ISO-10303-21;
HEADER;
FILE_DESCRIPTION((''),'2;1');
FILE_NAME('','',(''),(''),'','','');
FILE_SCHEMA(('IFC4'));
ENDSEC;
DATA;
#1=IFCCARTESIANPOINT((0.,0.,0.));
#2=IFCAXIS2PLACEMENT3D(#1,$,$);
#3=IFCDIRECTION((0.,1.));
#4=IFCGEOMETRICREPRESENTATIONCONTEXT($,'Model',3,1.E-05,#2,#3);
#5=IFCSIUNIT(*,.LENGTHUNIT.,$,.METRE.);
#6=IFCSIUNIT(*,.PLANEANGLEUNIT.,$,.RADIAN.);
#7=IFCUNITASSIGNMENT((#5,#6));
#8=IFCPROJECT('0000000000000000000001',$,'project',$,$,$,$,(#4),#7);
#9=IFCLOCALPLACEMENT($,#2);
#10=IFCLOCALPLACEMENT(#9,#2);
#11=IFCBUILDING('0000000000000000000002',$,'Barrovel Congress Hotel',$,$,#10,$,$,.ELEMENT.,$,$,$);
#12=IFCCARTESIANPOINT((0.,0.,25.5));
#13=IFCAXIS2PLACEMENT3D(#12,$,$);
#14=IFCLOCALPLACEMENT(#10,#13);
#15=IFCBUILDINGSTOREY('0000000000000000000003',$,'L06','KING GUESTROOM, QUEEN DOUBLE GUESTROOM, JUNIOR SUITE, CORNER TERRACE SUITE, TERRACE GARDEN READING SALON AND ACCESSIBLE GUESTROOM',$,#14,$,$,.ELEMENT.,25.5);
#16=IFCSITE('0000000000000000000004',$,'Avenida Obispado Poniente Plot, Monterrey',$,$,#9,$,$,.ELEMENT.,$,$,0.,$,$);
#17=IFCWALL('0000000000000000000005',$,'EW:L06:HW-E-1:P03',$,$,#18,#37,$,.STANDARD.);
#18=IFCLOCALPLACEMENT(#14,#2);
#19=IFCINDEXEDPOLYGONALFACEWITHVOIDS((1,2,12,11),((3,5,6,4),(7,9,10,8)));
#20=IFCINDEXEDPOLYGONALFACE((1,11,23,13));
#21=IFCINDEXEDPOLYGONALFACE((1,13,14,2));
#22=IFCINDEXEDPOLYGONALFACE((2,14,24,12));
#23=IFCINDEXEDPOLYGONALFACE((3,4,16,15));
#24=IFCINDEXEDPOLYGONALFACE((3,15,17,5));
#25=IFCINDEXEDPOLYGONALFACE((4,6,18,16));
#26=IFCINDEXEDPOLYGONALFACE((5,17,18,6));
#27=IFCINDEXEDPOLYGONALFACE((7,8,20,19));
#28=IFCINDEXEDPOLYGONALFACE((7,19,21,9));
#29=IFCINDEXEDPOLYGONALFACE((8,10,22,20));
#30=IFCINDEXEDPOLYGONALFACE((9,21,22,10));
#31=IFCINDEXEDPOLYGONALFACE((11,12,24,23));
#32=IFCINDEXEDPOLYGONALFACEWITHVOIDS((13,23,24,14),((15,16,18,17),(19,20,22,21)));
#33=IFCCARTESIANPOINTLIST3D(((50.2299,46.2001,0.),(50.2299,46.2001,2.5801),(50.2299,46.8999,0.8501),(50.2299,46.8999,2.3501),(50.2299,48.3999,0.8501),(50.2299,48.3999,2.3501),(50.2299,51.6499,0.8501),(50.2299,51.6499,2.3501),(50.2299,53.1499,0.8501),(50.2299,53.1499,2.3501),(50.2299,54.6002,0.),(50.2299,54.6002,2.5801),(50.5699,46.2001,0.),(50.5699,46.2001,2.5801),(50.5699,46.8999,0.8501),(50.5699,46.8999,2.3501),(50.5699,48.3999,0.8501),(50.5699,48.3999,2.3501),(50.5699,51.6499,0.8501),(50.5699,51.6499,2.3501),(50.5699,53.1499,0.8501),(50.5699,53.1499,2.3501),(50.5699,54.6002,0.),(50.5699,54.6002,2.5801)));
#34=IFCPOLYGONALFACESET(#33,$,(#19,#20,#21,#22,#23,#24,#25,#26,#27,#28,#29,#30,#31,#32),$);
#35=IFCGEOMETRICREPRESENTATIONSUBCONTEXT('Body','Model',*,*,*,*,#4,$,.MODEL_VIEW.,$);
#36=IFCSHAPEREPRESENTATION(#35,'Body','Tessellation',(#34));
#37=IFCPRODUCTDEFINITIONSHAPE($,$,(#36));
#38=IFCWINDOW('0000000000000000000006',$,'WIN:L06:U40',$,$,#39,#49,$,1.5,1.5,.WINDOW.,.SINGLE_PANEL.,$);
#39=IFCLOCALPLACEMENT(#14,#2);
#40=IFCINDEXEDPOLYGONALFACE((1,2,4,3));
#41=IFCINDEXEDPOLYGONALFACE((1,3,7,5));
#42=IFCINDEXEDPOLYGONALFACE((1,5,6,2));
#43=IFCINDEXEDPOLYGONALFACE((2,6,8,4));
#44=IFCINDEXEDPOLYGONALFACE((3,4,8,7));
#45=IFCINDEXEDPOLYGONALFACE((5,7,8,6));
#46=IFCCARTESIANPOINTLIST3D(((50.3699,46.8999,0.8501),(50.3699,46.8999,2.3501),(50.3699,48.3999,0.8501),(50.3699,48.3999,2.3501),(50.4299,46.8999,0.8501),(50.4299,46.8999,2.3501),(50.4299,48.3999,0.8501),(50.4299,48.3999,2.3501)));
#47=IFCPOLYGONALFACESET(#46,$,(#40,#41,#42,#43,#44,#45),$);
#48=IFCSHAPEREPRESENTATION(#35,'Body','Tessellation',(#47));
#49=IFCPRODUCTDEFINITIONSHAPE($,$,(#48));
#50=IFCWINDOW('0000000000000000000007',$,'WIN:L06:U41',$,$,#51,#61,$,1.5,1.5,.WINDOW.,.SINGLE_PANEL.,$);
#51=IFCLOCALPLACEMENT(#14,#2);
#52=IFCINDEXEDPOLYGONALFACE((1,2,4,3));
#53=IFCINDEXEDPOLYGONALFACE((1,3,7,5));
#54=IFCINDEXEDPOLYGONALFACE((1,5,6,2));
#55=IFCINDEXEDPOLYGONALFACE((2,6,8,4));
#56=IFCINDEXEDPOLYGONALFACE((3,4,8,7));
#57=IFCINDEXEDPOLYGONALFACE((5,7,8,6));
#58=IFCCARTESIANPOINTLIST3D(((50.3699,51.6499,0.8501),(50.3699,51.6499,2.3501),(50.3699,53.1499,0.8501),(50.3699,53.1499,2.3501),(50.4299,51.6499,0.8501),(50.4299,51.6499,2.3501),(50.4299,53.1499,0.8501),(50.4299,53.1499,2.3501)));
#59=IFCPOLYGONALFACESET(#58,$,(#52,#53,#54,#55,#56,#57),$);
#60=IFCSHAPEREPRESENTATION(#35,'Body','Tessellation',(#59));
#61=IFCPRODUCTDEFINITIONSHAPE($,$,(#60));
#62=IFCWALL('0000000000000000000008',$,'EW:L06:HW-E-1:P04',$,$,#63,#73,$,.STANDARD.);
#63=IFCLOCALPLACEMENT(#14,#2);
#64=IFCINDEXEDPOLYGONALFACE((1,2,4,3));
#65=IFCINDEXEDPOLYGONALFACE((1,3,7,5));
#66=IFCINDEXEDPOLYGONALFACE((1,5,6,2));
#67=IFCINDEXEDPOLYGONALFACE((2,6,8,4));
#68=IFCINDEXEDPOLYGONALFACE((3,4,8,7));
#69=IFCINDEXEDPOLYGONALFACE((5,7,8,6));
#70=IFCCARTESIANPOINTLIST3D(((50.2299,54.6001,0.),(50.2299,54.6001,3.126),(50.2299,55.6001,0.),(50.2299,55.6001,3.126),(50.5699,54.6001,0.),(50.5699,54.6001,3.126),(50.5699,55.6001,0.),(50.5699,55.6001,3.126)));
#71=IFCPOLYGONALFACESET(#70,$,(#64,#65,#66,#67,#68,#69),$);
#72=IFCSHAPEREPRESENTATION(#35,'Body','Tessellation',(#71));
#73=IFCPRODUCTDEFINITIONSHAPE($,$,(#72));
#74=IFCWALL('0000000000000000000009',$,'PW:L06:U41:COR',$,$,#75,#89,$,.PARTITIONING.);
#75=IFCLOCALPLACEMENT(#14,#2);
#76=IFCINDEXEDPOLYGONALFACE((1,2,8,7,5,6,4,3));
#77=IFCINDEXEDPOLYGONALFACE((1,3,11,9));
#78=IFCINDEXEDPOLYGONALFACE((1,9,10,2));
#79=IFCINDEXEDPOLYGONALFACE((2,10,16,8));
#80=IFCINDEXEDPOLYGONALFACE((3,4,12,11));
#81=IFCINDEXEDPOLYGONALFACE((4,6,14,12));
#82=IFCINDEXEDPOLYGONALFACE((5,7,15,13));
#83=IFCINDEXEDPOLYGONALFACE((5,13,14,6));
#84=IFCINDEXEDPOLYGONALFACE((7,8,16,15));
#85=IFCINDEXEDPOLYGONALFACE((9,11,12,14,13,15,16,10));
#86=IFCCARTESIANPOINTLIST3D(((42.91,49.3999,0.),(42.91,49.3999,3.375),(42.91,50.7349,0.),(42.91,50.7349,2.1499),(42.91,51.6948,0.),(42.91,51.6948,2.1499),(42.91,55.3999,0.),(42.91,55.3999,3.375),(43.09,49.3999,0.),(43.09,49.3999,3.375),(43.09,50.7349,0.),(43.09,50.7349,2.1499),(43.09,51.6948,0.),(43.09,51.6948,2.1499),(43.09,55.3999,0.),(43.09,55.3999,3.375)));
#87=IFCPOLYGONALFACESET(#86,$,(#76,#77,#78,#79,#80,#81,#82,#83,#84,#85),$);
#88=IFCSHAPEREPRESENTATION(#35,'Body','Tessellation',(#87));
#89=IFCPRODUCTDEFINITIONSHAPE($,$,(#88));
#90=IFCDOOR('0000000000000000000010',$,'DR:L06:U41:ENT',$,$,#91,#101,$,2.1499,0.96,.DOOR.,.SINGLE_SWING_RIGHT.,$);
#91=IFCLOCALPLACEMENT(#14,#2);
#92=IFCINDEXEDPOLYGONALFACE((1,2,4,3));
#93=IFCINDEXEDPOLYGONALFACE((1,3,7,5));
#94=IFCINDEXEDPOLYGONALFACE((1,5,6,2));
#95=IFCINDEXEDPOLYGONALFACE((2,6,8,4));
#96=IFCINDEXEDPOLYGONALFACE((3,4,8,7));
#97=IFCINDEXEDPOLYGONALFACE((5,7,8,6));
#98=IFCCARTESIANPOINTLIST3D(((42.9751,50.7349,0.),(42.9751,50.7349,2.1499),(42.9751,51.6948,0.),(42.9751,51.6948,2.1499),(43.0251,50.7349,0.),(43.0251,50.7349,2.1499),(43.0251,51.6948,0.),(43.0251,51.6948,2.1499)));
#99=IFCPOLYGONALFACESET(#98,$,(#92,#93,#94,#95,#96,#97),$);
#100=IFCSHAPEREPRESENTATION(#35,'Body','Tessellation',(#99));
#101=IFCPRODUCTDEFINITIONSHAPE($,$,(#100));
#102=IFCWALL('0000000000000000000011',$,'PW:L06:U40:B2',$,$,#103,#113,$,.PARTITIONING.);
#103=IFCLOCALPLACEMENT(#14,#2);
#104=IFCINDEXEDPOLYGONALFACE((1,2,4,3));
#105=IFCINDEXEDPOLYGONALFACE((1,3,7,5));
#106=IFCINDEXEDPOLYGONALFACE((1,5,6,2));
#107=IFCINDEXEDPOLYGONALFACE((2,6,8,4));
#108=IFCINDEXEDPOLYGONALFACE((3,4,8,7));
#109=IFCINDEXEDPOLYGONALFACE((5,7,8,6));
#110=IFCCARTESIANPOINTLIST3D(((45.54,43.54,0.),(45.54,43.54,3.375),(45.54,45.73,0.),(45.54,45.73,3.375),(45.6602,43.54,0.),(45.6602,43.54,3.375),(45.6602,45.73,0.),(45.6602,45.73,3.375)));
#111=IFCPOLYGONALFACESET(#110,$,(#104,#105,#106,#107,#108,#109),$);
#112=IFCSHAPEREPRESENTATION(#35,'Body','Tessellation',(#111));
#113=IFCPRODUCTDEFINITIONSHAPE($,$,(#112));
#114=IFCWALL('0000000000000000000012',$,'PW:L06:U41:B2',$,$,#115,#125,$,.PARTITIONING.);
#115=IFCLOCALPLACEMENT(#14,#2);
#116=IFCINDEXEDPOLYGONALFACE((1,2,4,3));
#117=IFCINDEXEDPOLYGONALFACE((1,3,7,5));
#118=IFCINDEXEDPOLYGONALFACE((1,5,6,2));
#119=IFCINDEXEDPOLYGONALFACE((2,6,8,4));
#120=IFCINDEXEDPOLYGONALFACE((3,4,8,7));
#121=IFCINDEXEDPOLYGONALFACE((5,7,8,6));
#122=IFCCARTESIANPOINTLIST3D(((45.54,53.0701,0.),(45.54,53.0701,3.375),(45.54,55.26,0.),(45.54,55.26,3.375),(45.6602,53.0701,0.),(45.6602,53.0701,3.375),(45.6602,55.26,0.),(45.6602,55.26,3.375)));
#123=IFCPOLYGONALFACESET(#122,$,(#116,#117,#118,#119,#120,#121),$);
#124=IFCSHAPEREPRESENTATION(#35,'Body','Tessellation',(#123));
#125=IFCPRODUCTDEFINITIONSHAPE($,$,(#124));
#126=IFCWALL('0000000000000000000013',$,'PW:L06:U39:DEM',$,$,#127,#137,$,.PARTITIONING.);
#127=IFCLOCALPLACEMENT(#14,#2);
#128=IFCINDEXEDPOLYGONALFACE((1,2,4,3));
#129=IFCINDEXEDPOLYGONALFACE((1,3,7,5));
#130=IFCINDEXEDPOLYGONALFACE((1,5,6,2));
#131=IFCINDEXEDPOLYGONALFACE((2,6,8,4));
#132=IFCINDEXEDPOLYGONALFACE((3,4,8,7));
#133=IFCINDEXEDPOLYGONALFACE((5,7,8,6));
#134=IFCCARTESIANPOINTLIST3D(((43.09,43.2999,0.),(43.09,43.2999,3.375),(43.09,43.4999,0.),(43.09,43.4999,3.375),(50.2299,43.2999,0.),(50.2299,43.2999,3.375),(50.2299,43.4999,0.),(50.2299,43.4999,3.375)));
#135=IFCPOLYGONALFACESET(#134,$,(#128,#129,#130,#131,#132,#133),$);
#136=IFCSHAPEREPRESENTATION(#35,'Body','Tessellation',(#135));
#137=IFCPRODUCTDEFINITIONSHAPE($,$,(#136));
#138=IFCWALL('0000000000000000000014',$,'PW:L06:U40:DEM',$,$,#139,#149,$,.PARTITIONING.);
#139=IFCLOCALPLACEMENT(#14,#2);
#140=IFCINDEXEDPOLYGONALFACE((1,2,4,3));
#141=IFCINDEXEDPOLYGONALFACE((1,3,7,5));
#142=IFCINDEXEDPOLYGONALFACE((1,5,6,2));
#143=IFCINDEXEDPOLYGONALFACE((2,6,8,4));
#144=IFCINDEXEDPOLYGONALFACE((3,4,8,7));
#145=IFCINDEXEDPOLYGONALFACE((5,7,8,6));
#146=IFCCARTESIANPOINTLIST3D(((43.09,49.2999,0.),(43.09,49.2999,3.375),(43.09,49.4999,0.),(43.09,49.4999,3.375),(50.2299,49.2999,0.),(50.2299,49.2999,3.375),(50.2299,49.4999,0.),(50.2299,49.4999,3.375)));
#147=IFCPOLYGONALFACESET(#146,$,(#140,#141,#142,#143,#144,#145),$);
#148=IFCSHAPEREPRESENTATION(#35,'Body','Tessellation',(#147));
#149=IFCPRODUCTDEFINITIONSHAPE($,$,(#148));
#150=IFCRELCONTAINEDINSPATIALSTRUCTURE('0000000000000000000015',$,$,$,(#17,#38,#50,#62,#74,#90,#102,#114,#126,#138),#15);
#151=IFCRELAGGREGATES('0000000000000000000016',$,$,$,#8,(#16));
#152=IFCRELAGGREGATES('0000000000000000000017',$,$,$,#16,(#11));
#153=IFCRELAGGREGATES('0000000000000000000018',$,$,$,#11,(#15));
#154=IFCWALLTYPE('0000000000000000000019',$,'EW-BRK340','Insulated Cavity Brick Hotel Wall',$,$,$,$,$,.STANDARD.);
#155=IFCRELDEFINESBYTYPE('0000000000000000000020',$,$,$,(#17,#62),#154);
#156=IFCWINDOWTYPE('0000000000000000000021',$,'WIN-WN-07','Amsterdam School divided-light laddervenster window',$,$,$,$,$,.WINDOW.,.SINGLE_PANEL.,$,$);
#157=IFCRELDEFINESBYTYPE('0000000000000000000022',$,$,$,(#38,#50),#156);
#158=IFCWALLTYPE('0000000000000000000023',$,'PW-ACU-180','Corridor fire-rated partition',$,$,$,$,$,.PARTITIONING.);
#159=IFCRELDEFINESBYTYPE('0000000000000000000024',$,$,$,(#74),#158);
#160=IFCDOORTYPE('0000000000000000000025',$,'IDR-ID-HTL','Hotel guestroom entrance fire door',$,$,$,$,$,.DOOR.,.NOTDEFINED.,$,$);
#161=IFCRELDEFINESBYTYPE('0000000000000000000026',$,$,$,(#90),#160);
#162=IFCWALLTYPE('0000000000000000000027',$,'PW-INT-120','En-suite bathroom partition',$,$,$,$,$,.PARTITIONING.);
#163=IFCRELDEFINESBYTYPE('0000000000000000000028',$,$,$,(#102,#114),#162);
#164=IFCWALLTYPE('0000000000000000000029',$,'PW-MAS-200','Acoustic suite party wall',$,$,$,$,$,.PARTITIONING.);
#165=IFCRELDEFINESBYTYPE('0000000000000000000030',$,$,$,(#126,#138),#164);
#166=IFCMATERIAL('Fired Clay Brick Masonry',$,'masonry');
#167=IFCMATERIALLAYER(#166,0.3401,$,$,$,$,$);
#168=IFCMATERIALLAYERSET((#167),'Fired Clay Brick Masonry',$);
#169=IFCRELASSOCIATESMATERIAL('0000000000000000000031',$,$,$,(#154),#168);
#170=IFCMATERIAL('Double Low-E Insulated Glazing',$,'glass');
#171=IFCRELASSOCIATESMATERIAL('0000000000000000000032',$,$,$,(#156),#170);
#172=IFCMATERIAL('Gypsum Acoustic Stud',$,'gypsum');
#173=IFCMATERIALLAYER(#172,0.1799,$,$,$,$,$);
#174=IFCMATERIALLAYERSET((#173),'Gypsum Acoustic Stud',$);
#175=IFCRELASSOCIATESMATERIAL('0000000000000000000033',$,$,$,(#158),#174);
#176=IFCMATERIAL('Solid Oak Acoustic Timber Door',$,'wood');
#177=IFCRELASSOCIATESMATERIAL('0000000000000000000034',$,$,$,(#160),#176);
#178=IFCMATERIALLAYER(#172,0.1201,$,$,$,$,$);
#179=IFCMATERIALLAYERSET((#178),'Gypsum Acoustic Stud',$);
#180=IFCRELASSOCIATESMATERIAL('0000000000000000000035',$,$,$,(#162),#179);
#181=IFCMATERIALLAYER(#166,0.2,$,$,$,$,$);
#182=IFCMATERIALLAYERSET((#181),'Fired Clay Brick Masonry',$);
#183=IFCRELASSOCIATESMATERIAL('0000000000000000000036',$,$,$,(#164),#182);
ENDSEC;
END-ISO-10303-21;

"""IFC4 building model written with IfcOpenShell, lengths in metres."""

from ifc_helpers import new_model, si_unit, direction, frame, frame_2d, origin, place, context, subcontext, project, spatial, rectangle, extrude, material, layer, layer_set, type_object, element, fill, save


model = new_model("IFC4")

# Units and contexts
model_context = context("Model", 3, precision=1e-05, world=origin(), true_north=direction((0.0, 1.0)))
body_context = subcontext(model_context, "Body", "Model", "MODEL_VIEW")
ifc_project = project(units=[si_unit("LENGTHUNIT", "METRE"), si_unit("PLANEANGLEUNIT", "RADIAN")], contexts=[model_context])

# Site, building, storey
site_placement = place(None, origin())
site = spatial("IfcSite", under=ifc_project, at=site_placement, Name="Avenida Obispado Poniente Plot, Monterrey", CompositionType="ELEMENT", RefElevation=0.0)
building_placement = place(site_placement, origin())
building = spatial("IfcBuilding", under=site, at=building_placement, Name="Barrovel Congress Hotel", CompositionType="ELEMENT")
storey_placement = place(building_placement, frame((0.0, 0.0, 25.5)))
storey = spatial("IfcBuildingStorey", under=building, at=storey_placement, Name="L06", Description="KING GUESTROOM, QUEEN DOUBLE GUESTROOM, JUNIOR SUITE, CORNER TERRACE SUITE, TERRACE GARDEN READING SALON AND ACCESSIBLE GUESTROOM", CompositionType="ELEMENT", Elevation=25.5)

# Wall, openings, windows
ifc_material_1 = material(Name="Fired Clay Brick Masonry", Category="masonry")
ifc_layer_1 = layer(ifc_material_1, 0.3401)
ifc_layer_set_1 = layer_set([ifc_layer_1], Name="Fired Clay Brick Masonry")
wall_type_1 = type_object("IfcWallType", Name="EW-BRK340", Description="Insulated Cavity Brick Hotel Wall", PredefinedType="STANDARD", material=ifc_layer_set_1)
wall_1_placement = place(storey_placement, frame((50.3999, 46.2, 0.0), z_axis=(0.0, 0.0, 1.0), x_axis=(0.0, 1.0, 0.0)))
wall_1 = element("IfcWall", 1, at=wall_1_placement, inside=storey, type_object=wall_type_1, Name="EW:L06:HW-E-1:P03", PredefinedType="STANDARD", context=body_context, shape_type="SweptSolid", body=[
    extrude(rectangle(XDim=8.4001, YDim=0.3401, at=frame_2d((4.2002, 0.0))), origin(), (0.0, 0.0, 1.0), 2.5801),
])
opening_1_placement = place(wall_1_placement, frame((0.7, 0.0, 0.8501)))
opening_1 = element("IfcOpeningElement", 2, at=opening_1_placement, cuts=wall_1, PredefinedType="OPENING", context=body_context, shape_type="SweptSolid", body=[
    extrude(rectangle(XDim=1.5, YDim=1.5, at=frame_2d((0.75, 0.75))), frame((0.0, 0.1802, 0.0), z_axis=(0.0, -1.0, 0.0), x_axis=(1.0, 0.0, 0.0)), (0.0, 0.0, 1.0), 0.3601),
])
opening_2_placement = place(wall_1_placement, frame((5.45, 0.0, 0.8501)))
opening_2 = element("IfcOpeningElement", 3, at=opening_2_placement, cuts=wall_1, PredefinedType="OPENING", context=body_context, shape_type="SweptSolid", body=[
    extrude(rectangle(XDim=1.5, YDim=1.5, at=frame_2d((0.75, 0.75))), frame((0.0, 0.1802, 0.0), z_axis=(0.0, -1.0, 0.0), x_axis=(1.0, 0.0, 0.0)), (0.0, 0.0, 1.0), 0.3601),
])
ifc_material_2 = material(Name="Double Low-E Insulated Glazing", Category="glass")
window_type = type_object("IfcWindowType", Name="WIN-WN-07", Description="Amsterdam School divided-light laddervenster window", PartitioningType="SINGLE_PANEL", PredefinedType="WINDOW", material=ifc_material_2)
window_1_placement = place(opening_1_placement, origin())
window_1 = element("IfcWindow", 4, at=window_1_placement, inside=storey, type_object=window_type, Name="WIN:L06:U40", OverallHeight=1.5, OverallWidth=1.5, PartitioningType="SINGLE_PANEL", PredefinedType="WINDOW", context=body_context, shape_type="SweptSolid", body=[
    extrude(rectangle(XDim=1.5, YDim=1.5, at=frame_2d((0.75, 0.75))), frame((0.0, 0.03, 0.0), z_axis=(0.0, -1.0, 0.0), x_axis=(1.0, 0.0, 0.0)), (0.0, 0.0, 1.0), 0.0601),
])
fill(opening_1, window_1)
window_2_placement = place(opening_2_placement, origin())
window_2 = element("IfcWindow", 5, at=window_2_placement, inside=storey, type_object=window_type, Name="WIN:L06:U41", OverallHeight=1.5, OverallWidth=1.5, PartitioningType="SINGLE_PANEL", PredefinedType="WINDOW", context=body_context, shape_type="SweptSolid", body=[
    extrude(rectangle(XDim=1.5, YDim=1.5, at=frame_2d((0.75, 0.75))), frame((0.0, 0.03, 0.0), z_axis=(0.0, -1.0, 0.0), x_axis=(1.0, 0.0, 0.0)), (0.0, 0.0, 1.0), 0.0601),
])
fill(opening_2, window_2)

# Wall
wall_2_placement = place(storey_placement, frame((50.3999, 54.6001, 0.0), z_axis=(0.0, 0.0, 1.0), x_axis=(0.0, 1.0, 0.0)))
element("IfcWall", 6, at=wall_2_placement, inside=storey, type_object=wall_type_1, Name="EW:L06:HW-E-1:P04", PredefinedType="STANDARD", context=body_context, shape_type="SweptSolid", body=[
    extrude(rectangle(XDim=1.0, YDim=0.3401, at=frame_2d((0.5, 0.0))), origin(), (0.0, 0.0, 1.0), 3.126),
])

# Wall, opening, door
ifc_material_3 = material(Name="Gypsum Acoustic Stud", Category="gypsum")
ifc_layer_2 = layer(ifc_material_3, 0.1799)
ifc_layer_set_2 = layer_set([ifc_layer_2], Name="Gypsum Acoustic Stud")
wall_type_2 = type_object("IfcWallType", Name="PW-ACU-180", Description="Corridor fire-rated partition", PredefinedType="PARTITIONING", material=ifc_layer_set_2)
wall_3_placement = place(storey_placement, frame((43.0, 49.3999, 0.0), z_axis=(0.0, 0.0, 1.0), x_axis=(0.0, 1.0, 0.0)))
wall_3 = element("IfcWall", 7, at=wall_3_placement, inside=storey, type_object=wall_type_2, Name="PW:L06:U41:COR", PredefinedType="PARTITIONING", context=body_context, shape_type="SweptSolid", body=[
    extrude(rectangle(XDim=6.0, YDim=0.1799, at=frame_2d((3.0, 0.0))), origin(), (0.0, 0.0, 1.0), 3.375),
])
opening_3_placement = place(wall_3_placement, frame((1.335, 0.0, 0.0)))
opening_3 = element("IfcOpeningElement", 8, at=opening_3_placement, cuts=wall_3, PredefinedType="OPENING", context=body_context, shape_type="SweptSolid", body=[
    extrude(rectangle(XDim=0.96, YDim=2.1499, at=frame_2d((0.48, 1.075))), frame((0.0, 0.1001, 0.0), z_axis=(0.0, -1.0, 0.0), x_axis=(1.0, 0.0, 0.0)), (0.0, 0.0, 1.0), 0.2),
])
ifc_material_4 = material(Name="Solid Oak Acoustic Timber Door", Category="wood")
door_type_1 = type_object("IfcDoorType", Name="IDR-ID-HTL", Description="Hotel guestroom entrance fire door", OperationType="NOTDEFINED", PredefinedType="DOOR", material=ifc_material_4)
door_1_placement = place(opening_3_placement, origin())
door_1 = element("IfcDoor", 9, at=door_1_placement, inside=storey, type_object=door_type_1, Name="DR:L06:U41:ENT", OperationType="SINGLE_SWING_RIGHT", OverallHeight=2.1499, OverallWidth=0.96, PredefinedType="DOOR", context=body_context, shape_type="SweptSolid", body=[
    extrude(rectangle(XDim=0.96, YDim=2.1499, at=frame_2d((0.48, 1.075))), frame((0.0, 0.0249, 0.0), z_axis=(0.0, -1.0, 0.0), x_axis=(1.0, 0.0, 0.0)), (0.0, 0.0, 1.0), 0.05),
])
fill(opening_3, door_1)

# Walls
ifc_layer_3 = layer(ifc_material_3, 0.1201)
ifc_layer_set_3 = layer_set([ifc_layer_3], Name="Gypsum Acoustic Stud")
wall_type_3 = type_object("IfcWallType", Name="PW-INT-120", Description="En-suite bathroom partition", PredefinedType="PARTITIONING", material=ifc_layer_set_3)
for number, where, z_axis, x_axis, name in (
    (10, (45.6001, 43.54, 0.0), (0.0, 0.0, 1.0), (0.0, 1.0, 0.0), "PW:L06:U40:B2"),
    (11, (45.6001, 53.0701, 0.0), (0.0, 0.0, 1.0), (0.0, 1.0, 0.0), "PW:L06:U41:B2"),
):
    element("IfcWall", number, at=place(storey_placement, frame(where, z_axis=z_axis, x_axis=x_axis)), inside=storey, type_object=wall_type_3, Name=name, PredefinedType="PARTITIONING", context=body_context, shape_type="SweptSolid", body=[
        extrude(rectangle(XDim=2.1899, YDim=0.1201, at=frame_2d((1.095, 0.0))), origin(), (0.0, 0.0, 1.0), 3.375),
    ])
ifc_layer_4 = layer(ifc_material_1, 0.2)
ifc_layer_set_4 = layer_set([ifc_layer_4], Name="Fired Clay Brick Masonry")
wall_type_4 = type_object("IfcWallType", Name="PW-MAS-200", Description="Acoustic suite party wall", PredefinedType="PARTITIONING", material=ifc_layer_set_4)
for number, where, z_axis, x_axis, name in (
    (12, (43.0901, 43.3999, 0.0), (0.0, 0.0, 1.0), (1.0, 0.0, 0.0), "PW:L06:U39:DEM"),
    (13, (43.0901, 49.3999, 0.0), (0.0, 0.0, 1.0), (1.0, 0.0, 0.0), "PW:L06:U40:DEM"),
):
    element("IfcWall", number, at=place(storey_placement, frame(where, z_axis=z_axis, x_axis=x_axis)), inside=storey, type_object=wall_type_4, Name=name, PredefinedType="PARTITIONING", context=body_context, shape_type="SweptSolid", body=[
        extrude(rectangle(XDim=7.1399, YDim=0.2, at=frame_2d((3.5698, 0.0))), origin(), (0.0, 0.0, 1.0), 3.375),
    ])

save(model, "model.ifc")
